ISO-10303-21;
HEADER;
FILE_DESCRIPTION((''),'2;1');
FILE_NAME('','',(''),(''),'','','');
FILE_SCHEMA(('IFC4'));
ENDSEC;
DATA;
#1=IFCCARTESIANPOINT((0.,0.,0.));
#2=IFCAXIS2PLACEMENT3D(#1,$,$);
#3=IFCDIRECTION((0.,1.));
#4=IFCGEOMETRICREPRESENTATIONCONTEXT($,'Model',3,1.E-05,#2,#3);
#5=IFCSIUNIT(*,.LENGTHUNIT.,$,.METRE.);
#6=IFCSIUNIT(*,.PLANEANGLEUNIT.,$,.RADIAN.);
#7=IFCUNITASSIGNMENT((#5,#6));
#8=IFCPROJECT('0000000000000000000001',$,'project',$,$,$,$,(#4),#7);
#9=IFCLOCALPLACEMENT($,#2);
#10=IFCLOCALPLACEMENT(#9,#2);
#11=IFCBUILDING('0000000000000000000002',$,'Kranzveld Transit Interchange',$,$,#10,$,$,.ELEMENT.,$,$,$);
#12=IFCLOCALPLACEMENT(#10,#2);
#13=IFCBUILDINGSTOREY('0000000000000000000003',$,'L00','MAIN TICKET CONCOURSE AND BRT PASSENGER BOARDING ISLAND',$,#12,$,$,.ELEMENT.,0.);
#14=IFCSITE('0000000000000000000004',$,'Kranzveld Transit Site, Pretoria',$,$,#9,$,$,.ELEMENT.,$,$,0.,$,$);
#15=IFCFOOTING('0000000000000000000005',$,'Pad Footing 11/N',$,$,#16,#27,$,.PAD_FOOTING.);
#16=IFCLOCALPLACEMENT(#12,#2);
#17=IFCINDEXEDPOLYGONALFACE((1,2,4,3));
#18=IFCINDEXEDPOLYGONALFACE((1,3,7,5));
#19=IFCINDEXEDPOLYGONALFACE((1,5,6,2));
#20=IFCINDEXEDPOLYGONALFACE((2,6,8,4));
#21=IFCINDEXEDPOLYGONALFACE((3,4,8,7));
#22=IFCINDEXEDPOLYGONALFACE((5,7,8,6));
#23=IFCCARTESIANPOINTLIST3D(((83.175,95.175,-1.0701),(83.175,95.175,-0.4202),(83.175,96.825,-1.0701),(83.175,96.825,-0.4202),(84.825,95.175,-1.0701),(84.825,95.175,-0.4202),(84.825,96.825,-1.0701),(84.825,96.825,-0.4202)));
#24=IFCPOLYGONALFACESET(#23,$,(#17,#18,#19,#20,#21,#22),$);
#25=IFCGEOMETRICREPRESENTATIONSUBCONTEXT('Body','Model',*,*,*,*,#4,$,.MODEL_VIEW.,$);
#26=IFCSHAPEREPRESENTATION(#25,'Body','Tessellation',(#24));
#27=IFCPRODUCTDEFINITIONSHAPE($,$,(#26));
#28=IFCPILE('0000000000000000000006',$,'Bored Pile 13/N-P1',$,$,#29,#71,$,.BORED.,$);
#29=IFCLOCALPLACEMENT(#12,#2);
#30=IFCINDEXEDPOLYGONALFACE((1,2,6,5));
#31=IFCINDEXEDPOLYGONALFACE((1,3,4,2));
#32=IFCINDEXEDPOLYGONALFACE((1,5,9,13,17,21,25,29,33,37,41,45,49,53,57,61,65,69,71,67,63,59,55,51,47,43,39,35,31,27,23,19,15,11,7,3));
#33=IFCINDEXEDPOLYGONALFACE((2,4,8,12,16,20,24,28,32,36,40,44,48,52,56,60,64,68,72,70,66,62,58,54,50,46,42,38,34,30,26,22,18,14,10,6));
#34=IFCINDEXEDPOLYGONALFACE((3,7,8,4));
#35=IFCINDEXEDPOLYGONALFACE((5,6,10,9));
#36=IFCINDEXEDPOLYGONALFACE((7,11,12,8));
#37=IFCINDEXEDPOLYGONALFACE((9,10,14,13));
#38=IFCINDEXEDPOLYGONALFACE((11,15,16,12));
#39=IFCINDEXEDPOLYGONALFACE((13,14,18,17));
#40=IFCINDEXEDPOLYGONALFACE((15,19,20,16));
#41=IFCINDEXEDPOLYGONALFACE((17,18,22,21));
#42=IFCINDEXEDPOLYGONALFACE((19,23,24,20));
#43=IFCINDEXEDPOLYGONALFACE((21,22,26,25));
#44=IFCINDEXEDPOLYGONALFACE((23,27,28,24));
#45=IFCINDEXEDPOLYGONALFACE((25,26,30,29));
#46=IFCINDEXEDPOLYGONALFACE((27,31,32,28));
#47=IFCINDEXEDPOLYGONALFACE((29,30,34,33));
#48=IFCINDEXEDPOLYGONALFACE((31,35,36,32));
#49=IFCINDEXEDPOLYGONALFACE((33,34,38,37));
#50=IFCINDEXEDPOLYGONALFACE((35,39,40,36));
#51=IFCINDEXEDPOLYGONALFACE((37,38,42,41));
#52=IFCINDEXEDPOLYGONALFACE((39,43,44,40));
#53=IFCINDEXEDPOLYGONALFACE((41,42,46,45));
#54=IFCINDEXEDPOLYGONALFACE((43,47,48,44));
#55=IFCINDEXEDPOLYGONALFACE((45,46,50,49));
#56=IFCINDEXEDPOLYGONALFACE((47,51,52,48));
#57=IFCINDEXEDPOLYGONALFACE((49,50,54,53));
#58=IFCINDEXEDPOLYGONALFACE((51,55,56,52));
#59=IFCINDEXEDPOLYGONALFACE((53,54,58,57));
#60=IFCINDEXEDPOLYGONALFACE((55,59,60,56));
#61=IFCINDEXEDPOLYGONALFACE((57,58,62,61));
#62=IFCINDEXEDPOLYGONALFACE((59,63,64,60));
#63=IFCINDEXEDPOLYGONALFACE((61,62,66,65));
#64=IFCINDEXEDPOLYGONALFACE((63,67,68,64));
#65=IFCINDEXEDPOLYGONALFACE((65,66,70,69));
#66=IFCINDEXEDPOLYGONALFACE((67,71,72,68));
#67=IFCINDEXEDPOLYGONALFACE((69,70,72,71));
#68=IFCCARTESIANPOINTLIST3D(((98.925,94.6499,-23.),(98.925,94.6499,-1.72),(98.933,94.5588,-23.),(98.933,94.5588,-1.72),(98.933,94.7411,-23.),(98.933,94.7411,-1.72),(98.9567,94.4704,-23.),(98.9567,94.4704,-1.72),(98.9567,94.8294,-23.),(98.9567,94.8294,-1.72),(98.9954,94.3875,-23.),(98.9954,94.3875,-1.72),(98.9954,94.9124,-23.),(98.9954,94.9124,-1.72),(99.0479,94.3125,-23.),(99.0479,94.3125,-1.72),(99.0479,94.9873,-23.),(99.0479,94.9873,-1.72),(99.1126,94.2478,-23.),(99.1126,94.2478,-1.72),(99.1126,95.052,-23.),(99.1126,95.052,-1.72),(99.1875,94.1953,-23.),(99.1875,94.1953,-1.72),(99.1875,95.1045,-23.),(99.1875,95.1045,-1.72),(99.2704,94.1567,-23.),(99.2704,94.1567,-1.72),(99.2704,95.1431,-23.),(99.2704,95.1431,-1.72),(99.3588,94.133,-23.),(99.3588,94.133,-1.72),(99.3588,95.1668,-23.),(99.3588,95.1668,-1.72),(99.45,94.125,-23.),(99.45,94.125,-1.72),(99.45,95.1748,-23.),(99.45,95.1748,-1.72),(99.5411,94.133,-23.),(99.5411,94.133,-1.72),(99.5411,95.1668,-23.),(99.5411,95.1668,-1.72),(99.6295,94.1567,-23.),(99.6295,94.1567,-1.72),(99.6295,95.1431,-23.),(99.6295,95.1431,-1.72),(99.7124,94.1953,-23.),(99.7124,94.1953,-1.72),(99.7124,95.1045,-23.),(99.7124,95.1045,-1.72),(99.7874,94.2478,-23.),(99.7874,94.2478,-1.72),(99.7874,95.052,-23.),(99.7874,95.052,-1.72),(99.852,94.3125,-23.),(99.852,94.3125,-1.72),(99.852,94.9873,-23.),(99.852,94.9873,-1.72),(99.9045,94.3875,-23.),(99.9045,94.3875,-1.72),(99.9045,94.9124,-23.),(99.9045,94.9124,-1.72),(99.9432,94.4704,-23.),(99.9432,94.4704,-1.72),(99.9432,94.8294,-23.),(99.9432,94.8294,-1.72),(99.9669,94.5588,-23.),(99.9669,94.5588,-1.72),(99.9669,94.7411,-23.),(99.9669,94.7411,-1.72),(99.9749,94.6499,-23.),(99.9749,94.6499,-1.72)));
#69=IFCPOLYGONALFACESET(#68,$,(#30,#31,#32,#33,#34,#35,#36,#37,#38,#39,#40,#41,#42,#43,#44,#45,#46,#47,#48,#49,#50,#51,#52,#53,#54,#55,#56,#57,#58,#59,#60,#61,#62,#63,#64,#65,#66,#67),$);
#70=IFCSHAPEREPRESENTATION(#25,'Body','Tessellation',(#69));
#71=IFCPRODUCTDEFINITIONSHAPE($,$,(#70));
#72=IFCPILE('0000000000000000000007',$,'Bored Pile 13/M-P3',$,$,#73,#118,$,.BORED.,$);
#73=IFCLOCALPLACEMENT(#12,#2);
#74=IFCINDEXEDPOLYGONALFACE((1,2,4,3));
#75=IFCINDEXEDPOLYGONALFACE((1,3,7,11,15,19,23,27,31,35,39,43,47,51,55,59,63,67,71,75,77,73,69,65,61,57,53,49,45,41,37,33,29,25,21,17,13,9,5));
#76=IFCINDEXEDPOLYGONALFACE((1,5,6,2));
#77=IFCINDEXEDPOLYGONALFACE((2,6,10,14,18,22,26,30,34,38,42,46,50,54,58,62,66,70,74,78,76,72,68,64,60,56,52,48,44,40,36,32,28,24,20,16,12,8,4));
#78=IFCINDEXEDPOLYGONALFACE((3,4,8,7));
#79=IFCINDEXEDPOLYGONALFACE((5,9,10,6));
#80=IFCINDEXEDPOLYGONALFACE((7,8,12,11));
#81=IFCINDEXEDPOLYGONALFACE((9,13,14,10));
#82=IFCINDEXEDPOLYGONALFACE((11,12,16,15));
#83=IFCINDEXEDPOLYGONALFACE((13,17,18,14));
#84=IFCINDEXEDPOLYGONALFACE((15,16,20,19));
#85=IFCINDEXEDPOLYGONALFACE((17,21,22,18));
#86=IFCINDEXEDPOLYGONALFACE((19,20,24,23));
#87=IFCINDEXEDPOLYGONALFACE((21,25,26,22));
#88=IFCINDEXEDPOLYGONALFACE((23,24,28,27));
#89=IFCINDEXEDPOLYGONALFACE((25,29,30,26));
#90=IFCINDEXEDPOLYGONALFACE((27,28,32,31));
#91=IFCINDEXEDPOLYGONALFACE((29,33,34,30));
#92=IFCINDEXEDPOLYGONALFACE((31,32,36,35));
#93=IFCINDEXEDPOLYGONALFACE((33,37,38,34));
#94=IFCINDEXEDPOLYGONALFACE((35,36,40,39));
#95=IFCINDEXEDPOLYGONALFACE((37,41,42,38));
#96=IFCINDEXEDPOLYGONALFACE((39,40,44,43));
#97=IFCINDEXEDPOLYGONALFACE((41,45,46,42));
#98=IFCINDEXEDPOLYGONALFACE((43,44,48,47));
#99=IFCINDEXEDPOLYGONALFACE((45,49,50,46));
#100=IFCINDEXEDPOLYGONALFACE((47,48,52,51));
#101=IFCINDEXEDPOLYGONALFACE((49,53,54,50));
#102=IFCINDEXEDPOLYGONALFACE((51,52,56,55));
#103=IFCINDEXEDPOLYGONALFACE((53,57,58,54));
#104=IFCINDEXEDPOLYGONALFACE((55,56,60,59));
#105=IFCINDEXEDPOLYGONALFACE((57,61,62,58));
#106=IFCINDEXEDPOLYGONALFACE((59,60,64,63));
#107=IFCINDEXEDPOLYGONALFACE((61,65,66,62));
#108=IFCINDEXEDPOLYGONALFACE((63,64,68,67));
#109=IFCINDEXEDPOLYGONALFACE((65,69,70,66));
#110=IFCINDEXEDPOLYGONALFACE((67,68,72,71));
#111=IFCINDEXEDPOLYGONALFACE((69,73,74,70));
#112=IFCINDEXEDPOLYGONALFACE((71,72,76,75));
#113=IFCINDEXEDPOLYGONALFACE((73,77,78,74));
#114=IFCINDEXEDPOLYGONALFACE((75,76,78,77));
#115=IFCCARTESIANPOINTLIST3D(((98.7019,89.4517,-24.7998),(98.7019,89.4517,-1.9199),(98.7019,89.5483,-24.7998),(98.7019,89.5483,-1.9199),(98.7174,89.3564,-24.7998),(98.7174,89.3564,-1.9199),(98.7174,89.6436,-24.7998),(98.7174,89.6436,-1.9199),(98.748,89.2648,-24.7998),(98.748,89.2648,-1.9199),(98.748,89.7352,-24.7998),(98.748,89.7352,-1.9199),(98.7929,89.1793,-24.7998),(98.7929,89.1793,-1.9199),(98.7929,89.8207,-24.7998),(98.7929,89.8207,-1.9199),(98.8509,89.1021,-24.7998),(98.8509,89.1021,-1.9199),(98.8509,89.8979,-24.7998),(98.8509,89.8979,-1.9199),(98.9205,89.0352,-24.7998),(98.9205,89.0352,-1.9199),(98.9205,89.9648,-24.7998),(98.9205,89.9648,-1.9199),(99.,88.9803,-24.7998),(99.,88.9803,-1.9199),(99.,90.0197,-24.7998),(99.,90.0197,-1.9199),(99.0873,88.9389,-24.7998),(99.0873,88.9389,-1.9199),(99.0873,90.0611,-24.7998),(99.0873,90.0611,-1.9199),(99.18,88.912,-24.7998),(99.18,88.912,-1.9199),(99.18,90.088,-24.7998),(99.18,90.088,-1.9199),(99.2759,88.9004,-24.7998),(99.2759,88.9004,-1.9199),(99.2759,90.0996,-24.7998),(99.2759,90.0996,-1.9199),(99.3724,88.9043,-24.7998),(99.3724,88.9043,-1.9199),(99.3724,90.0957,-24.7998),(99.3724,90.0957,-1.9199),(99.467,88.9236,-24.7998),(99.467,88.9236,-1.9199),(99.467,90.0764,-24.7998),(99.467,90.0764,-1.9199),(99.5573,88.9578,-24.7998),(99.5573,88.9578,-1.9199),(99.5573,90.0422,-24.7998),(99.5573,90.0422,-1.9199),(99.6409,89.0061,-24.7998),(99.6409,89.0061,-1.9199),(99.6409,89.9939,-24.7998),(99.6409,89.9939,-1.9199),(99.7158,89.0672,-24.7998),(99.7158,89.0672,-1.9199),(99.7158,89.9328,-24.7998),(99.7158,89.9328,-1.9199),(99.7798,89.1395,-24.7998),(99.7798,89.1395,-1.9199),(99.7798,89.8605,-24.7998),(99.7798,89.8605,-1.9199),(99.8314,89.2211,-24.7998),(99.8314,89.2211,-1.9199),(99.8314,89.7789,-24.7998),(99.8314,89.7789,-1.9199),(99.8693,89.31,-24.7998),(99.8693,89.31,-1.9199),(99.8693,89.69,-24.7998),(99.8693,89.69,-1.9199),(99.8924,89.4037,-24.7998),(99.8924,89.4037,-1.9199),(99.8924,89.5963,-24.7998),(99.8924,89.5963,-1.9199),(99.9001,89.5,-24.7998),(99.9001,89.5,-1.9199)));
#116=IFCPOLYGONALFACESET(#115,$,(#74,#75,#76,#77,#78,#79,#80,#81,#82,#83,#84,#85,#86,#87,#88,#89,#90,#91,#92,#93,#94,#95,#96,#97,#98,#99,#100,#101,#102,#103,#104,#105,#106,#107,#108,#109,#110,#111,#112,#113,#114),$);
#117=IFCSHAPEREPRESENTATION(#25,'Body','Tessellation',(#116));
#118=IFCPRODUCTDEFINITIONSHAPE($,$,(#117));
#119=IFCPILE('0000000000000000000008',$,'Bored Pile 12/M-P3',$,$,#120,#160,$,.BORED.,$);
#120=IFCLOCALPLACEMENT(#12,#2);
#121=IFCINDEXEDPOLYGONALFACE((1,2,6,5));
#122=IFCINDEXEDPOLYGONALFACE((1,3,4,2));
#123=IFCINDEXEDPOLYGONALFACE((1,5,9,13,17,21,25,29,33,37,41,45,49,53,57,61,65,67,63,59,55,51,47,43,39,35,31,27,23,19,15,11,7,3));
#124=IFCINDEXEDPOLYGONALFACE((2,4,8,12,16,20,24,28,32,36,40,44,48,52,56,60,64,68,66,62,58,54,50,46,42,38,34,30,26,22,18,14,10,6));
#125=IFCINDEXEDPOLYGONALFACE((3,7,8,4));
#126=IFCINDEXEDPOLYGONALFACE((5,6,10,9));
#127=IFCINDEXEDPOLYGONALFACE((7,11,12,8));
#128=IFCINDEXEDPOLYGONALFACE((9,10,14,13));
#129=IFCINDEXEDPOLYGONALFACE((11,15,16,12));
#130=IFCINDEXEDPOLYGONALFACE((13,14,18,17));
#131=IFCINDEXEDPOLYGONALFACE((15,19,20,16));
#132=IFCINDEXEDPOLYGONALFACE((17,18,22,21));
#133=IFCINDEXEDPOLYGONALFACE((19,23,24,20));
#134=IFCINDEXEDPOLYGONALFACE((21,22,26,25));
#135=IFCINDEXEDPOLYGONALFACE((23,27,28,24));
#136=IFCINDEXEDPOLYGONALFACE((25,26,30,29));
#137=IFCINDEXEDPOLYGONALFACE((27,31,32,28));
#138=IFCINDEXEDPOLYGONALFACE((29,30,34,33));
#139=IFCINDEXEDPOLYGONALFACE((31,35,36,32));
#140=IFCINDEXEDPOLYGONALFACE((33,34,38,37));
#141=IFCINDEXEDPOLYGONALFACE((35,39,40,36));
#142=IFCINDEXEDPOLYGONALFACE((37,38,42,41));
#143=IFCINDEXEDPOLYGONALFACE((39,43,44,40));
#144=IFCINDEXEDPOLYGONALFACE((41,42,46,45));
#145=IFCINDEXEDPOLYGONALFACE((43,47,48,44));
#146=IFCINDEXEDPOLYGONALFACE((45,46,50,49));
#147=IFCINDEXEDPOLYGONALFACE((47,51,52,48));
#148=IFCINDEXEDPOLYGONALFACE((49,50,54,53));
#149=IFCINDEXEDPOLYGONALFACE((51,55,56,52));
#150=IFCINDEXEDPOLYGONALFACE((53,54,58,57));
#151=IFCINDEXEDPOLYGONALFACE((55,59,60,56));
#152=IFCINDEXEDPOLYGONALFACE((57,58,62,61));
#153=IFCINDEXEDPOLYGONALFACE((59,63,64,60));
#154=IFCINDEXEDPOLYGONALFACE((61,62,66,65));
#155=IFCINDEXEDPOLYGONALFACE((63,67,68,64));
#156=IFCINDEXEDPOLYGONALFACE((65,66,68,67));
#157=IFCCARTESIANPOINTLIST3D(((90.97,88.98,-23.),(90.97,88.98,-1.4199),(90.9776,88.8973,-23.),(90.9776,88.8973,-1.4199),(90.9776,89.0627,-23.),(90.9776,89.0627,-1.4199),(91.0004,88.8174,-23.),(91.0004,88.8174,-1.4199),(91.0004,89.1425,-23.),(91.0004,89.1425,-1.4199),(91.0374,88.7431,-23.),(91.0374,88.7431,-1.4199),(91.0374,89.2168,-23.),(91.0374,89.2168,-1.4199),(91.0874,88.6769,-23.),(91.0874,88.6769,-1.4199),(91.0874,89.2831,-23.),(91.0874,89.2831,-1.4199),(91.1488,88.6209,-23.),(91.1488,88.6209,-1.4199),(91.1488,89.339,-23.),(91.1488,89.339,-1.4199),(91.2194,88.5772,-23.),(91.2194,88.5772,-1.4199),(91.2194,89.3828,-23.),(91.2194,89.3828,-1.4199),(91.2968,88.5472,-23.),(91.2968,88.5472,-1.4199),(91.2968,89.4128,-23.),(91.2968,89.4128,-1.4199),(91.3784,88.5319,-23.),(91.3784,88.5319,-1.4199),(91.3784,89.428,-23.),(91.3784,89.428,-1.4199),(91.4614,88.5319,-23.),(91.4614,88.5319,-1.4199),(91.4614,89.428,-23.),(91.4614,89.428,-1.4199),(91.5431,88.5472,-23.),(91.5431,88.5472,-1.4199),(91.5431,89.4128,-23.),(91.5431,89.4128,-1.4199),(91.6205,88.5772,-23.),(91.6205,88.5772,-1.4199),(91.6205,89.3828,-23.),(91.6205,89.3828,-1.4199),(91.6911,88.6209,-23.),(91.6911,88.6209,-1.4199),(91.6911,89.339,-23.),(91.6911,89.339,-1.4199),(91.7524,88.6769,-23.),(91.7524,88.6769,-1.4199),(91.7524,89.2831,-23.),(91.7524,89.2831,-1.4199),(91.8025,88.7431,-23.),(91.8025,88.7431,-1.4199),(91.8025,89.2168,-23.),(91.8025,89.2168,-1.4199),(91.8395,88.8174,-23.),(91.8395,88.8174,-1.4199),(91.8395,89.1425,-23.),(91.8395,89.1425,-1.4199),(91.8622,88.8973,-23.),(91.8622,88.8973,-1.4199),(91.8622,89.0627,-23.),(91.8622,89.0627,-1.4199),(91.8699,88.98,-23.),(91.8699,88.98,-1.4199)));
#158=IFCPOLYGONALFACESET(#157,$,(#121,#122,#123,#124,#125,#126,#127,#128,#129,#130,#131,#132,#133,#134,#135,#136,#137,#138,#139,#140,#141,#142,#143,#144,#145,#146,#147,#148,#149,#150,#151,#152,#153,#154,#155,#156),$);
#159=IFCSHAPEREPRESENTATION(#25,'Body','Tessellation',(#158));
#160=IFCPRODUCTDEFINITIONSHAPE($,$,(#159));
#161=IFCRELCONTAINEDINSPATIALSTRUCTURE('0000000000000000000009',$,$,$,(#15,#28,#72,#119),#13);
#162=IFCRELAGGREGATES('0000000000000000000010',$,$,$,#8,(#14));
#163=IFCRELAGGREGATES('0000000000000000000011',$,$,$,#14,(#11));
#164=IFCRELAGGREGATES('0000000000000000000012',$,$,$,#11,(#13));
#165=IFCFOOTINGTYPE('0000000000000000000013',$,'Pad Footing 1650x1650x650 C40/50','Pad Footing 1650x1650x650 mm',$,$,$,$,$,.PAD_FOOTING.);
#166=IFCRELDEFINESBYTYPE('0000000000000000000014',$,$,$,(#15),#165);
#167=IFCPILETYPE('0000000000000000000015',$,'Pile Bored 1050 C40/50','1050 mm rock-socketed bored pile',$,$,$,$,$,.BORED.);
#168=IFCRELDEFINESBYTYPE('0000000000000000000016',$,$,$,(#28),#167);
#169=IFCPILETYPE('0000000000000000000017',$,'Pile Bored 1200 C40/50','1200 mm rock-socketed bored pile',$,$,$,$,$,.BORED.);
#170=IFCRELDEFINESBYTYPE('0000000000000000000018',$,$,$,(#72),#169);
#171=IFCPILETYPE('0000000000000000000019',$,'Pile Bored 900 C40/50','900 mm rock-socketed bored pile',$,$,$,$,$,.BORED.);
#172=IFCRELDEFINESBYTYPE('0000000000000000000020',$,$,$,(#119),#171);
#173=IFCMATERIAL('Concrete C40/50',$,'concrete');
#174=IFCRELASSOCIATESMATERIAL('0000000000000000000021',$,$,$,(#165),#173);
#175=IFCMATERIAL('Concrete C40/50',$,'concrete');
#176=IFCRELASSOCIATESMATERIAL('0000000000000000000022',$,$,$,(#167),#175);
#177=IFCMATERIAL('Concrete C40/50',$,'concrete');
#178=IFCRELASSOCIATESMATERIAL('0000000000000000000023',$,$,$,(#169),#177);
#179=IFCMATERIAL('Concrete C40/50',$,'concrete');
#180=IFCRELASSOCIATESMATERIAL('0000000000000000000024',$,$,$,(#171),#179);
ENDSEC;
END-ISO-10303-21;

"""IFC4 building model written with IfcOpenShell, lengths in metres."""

from ifc_helpers import new_model, si_unit, direction, frame, origin, origin_2d, place, context, subcontext, project, spatial, rectangle, circle, extrude, material, material_profile, profile_set, type_object, element, save


model = new_model("IFC4")

# Units and contexts
model_context = context("Model", 3, precision=1e-05, world=origin(), true_north=direction((0.0, 1.0)))
body_context = subcontext(model_context, "Body", "Model", "MODEL_VIEW")
ifc_project = project(units=[si_unit("LENGTHUNIT", "METRE"), si_unit("PLANEANGLEUNIT", "RADIAN")], contexts=[model_context])

# Site, building, storey
site_placement = place(None, origin())
site = spatial("IfcSite", under=ifc_project, at=site_placement, Name="Kranzveld Transit Site, Pretoria", CompositionType="ELEMENT", RefElevation=0.0)
building_placement = place(site_placement, origin())
building = spatial("IfcBuilding", under=site, at=building_placement, Name="Kranzveld Transit Interchange", CompositionType="ELEMENT")
storey_placement = place(building_placement, origin())
storey = spatial("IfcBuildingStorey", under=building, at=storey_placement, Name="L00", Description="MAIN TICKET CONCOURSE AND BRT PASSENGER BOARDING ISLAND", CompositionType="ELEMENT", Elevation=0.0)

# Footing
ifc_material_1 = material(Name="Concrete C40/50", Category="concrete")
footing_type = type_object("IfcFootingType", Name="Pad Footing 1650x1650x650 C40/50", Description="Pad Footing 1650x1650x650 mm", PredefinedType="PAD_FOOTING", material=ifc_material_1)
footing_placement = place(storey_placement, frame((84.0, 96.0, -1.0701), z_axis=(0.0, 0.0, 1.0), x_axis=(1.0, 0.0, 0.0)))
element("IfcFooting", 1, at=footing_placement, inside=storey, type_object=footing_type, Name="Pad Footing 11/N", PredefinedType="PAD_FOOTING", context=body_context, shape_type="SweptSolid", body=[
    extrude(rectangle(XDim=1.6499, YDim=1.6499, at=origin_2d()), origin(), (0.0, 0.0, 1.0), 0.6499),
])

# Piles
ifc_material_2 = material(Name="Concrete C40/50", Category="concrete")
ifc_material_profile_1 = material_profile(ifc_material_2, circle(Radius=0.5249, at=origin_2d()), Name="BORED PILE 1050")
ifc_profile_set_1 = profile_set([ifc_material_profile_1], Name="Concrete C40/50")
pile_type_1 = type_object("IfcPileType", Name="Pile Bored 1050 C40/50", Description="1050 mm rock-socketed bored pile", PredefinedType="BORED", material=ifc_profile_set_1)
pile_1_placement = place(storey_placement, frame((99.45, 94.6499, -1.72), z_axis=(0.0, 0.0, -1.0), x_axis=(1.0, 0.0, 0.0)))
element("IfcPile", 2, at=pile_1_placement, inside=storey, type_object=pile_type_1, Name="Bored Pile 13/N-P1", PredefinedType="BORED", context=body_context, shape_type="SweptSolid", body=[
    extrude(circle(Radius=0.5249, at=origin_2d()), origin(), (0.0, 0.0, 1.0), 21.28),
])
ifc_material_3 = material(Name="Concrete C40/50", Category="concrete")
ifc_material_profile_2 = material_profile(ifc_material_3, circle(Radius=0.6001, at=origin_2d()), Name="BORED PILE 1200")
ifc_profile_set_2 = profile_set([ifc_material_profile_2], Name="Concrete C40/50")
pile_type_2 = type_object("IfcPileType", Name="Pile Bored 1200 C40/50", Description="1200 mm rock-socketed bored pile", PredefinedType="BORED", material=ifc_profile_set_2)
pile_2_placement = place(storey_placement, frame((99.3, 89.5, -1.9199), z_axis=(0.0, 0.0, -1.0), x_axis=(1.0, 0.0, 0.0)))
element("IfcPile", 3, at=pile_2_placement, inside=storey, type_object=pile_type_2, Name="Bored Pile 13/M-P3", PredefinedType="BORED", context=body_context, shape_type="SweptSolid", body=[
    extrude(circle(Radius=0.6001, at=origin_2d()), origin(), (0.0, 0.0, 1.0), 22.8799),
])
ifc_material_4 = material(Name="Concrete C40/50", Category="concrete")
ifc_material_profile_3 = material_profile(ifc_material_4, circle(Radius=0.45, at=origin_2d()), Name="BORED PILE 900")
ifc_profile_set_3 = profile_set([ifc_material_profile_3], Name="Concrete C40/50")
pile_type_3 = type_object("IfcPileType", Name="Pile Bored 900 C40/50", Description="900 mm rock-socketed bored pile", PredefinedType="BORED", material=ifc_profile_set_3)
for number, where, z_axis, x_axis, name in (
    (4, (91.4199, 88.98, -1.4199), (0.0, 0.0, -1.0), (1.0, 0.0, 0.0), "Bored Pile 12/M-P3"),
):
    element("IfcPile", number, at=place(storey_placement, frame(where, z_axis=z_axis, x_axis=x_axis)), inside=storey, type_object=pile_type_3, Name=name, PredefinedType="BORED", context=body_context, shape_type="SweptSolid", body=[
        extrude(circle(Radius=0.45, at=origin_2d()), origin(), (0.0, 0.0, 1.0), 21.5801),
    ])

save(model, "model.ifc")
